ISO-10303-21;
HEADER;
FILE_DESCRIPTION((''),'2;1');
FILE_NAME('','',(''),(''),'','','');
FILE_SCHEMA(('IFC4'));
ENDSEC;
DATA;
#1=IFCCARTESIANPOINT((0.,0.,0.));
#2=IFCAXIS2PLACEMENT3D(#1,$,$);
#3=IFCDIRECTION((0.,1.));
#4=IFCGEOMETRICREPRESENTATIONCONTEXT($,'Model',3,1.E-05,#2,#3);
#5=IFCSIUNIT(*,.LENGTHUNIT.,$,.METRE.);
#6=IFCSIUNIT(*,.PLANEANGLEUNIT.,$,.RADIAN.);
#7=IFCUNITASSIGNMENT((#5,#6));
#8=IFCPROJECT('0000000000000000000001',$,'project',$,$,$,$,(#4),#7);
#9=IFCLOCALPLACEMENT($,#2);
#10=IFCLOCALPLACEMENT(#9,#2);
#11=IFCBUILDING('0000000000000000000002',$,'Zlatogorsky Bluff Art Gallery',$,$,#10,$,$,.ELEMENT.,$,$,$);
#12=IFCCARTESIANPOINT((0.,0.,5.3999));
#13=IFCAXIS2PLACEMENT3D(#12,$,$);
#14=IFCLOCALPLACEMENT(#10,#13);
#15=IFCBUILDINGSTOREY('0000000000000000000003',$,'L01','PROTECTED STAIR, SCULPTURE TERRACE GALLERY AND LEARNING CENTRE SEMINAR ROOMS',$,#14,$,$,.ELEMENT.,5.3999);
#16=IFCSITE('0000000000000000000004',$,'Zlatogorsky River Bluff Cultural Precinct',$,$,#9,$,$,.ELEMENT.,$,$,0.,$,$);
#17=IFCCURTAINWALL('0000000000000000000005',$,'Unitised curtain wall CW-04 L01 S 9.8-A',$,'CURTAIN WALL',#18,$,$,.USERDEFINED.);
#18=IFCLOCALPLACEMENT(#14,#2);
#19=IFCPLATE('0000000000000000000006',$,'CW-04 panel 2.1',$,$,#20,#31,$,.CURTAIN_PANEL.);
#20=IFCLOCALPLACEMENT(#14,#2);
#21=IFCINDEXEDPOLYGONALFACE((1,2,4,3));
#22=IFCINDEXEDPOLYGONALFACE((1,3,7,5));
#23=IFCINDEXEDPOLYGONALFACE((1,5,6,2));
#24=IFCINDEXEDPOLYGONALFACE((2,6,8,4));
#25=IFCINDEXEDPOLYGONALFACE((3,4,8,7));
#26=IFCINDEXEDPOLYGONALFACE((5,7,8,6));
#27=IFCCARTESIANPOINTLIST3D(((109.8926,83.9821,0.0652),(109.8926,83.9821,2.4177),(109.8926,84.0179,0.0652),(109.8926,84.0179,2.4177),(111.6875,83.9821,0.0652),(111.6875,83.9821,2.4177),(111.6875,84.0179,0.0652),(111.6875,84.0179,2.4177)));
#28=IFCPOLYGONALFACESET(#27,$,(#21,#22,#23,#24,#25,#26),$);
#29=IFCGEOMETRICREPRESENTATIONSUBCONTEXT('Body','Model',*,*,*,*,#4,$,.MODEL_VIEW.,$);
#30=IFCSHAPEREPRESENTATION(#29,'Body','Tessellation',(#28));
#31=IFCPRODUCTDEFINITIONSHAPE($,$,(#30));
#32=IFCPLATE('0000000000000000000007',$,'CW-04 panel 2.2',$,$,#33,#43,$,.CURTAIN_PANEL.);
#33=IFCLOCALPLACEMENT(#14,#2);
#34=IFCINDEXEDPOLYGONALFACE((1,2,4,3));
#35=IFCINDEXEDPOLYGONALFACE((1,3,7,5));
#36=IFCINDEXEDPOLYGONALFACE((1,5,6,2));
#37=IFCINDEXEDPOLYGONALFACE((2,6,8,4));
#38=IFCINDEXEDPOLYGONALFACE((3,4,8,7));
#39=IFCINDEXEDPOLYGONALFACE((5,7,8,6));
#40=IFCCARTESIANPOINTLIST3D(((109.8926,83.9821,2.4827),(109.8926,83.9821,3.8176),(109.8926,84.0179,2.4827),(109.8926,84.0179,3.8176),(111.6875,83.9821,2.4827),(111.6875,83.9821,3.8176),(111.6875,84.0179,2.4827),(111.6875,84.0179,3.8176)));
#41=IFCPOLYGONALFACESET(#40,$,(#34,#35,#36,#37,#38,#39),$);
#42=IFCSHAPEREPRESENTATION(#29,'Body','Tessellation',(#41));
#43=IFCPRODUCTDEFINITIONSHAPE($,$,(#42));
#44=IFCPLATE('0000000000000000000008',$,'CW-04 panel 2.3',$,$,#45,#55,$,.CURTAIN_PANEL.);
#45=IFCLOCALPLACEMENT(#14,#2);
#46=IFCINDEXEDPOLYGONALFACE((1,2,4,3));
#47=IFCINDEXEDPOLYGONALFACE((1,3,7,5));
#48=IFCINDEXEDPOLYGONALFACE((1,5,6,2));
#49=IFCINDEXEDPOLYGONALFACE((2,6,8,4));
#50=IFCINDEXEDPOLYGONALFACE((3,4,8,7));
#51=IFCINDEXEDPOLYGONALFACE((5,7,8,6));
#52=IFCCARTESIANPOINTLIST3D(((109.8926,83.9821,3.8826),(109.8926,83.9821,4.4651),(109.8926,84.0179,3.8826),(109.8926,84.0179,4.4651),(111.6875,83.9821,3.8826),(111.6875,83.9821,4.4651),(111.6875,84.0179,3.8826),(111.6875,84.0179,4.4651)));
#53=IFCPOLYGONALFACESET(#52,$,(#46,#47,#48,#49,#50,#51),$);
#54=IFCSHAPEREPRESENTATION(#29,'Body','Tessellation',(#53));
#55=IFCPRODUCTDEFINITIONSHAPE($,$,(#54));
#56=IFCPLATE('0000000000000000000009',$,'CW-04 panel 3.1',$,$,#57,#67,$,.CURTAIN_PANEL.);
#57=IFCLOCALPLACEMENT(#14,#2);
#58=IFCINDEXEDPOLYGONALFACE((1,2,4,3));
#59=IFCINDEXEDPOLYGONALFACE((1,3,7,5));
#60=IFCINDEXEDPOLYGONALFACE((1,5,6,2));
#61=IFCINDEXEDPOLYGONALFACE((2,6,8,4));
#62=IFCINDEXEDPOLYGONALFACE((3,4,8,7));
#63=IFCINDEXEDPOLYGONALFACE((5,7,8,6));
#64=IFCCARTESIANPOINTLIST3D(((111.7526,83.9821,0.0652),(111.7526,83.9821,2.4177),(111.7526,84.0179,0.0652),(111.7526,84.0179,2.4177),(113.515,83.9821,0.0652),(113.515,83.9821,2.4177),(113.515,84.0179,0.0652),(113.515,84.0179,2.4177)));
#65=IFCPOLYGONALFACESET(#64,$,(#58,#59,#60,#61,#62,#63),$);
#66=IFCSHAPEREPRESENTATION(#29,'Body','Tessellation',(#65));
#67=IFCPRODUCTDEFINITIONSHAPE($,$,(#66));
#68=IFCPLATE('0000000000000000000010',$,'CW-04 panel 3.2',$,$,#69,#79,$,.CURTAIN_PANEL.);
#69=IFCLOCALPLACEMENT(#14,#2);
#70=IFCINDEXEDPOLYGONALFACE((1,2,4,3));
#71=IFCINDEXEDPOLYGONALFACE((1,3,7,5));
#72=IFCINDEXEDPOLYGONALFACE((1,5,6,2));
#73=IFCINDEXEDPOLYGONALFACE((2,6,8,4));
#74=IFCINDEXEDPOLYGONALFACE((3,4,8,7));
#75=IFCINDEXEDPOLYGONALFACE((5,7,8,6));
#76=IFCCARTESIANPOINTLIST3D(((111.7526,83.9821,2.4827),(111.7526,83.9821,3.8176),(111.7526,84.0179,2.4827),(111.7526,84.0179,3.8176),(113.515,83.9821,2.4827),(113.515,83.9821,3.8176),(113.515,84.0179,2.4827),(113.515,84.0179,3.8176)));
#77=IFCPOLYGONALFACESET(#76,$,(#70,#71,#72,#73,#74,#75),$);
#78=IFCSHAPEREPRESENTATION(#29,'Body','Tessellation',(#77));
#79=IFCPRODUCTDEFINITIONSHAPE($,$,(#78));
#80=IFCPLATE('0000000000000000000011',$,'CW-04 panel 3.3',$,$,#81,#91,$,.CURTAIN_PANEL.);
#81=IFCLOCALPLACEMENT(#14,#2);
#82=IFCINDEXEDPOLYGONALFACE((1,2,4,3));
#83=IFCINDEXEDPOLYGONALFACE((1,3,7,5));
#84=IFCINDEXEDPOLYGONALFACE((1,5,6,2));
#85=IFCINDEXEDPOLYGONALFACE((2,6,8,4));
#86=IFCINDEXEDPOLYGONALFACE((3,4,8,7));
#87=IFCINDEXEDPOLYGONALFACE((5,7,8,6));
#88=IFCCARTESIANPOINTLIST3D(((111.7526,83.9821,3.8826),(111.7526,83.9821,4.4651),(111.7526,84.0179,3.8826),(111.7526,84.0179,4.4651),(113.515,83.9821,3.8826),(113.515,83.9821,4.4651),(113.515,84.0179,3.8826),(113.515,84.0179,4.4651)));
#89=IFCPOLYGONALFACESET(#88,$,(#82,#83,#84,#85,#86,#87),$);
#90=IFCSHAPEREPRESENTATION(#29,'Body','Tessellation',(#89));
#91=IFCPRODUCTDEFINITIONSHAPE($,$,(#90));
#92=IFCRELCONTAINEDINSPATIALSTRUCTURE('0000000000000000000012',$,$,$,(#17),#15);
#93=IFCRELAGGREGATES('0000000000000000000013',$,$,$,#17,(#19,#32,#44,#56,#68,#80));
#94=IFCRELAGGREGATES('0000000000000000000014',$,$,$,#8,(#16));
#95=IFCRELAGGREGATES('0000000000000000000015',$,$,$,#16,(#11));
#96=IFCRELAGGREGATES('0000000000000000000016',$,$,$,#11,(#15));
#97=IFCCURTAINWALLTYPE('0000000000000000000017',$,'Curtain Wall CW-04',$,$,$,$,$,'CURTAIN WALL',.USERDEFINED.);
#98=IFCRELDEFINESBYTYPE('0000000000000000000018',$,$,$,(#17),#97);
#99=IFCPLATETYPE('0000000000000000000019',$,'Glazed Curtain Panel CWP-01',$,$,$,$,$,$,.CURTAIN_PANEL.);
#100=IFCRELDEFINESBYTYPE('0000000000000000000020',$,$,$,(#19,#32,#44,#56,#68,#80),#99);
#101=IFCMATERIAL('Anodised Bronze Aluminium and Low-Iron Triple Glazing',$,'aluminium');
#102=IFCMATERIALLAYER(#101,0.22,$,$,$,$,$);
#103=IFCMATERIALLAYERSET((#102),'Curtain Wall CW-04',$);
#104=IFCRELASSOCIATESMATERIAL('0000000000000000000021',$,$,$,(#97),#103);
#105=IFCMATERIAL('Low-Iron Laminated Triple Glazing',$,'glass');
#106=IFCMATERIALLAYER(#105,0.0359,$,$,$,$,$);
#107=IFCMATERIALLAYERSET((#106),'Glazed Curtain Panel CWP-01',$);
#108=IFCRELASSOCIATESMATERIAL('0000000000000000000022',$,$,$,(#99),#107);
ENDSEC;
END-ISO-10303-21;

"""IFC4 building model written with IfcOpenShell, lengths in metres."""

from ifc_helpers import new_model, si_unit, direction, frame, origin, origin_2d, place, context, subcontext, project, spatial, rectangle, extrude, material, layer, layer_set, type_object, element, aggregate, save


model = new_model("IFC4")

# Units and contexts
model_context = context("Model", 3, precision=1e-05, world=origin(), true_north=direction((0.0, 1.0)))
body_context = subcontext(model_context, "Body", "Model", "MODEL_VIEW")
ifc_project = project(units=[si_unit("LENGTHUNIT", "METRE"), si_unit("PLANEANGLEUNIT", "RADIAN")], contexts=[model_context])

# Site, building, storey
site_placement = place(None, origin())
site = spatial("IfcSite", under=ifc_project, at=site_placement, Name="Zlatogorsky River Bluff Cultural Precinct", CompositionType="ELEMENT", RefElevation=0.0)
building_placement = place(site_placement, origin())
building = spatial("IfcBuilding", under=site, at=building_placement, Name="Zlatogorsky Bluff Art Gallery", CompositionType="ELEMENT")
storey_placement = place(building_placement, frame((0.0, 0.0, 5.3999)))
storey = spatial("IfcBuildingStorey", under=building, at=storey_placement, Name="L01", Description="PROTECTED STAIR, SCULPTURE TERRACE GALLERY AND LEARNING CENTRE SEMINAR ROOMS", CompositionType="ELEMENT", Elevation=5.3999)

# Curtain wall
ifc_material_1 = material(Name="Anodised Bronze Aluminium and Low-Iron Triple Glazing", Category="aluminium")
ifc_layer_1 = layer(ifc_material_1, 0.22)
ifc_layer_set_1 = layer_set([ifc_layer_1], Name="Curtain Wall CW-04")
curtain_wall_type = type_object("IfcCurtainWallType", Name="Curtain Wall CW-04", ElementType="CURTAIN WALL", PredefinedType="USERDEFINED", material=ifc_layer_set_1)
curtain_wall_1_placement = place(storey_placement, origin())
curtain_wall_1 = element("IfcCurtainWall", 1, at=curtain_wall_1_placement, inside=storey, type_object=curtain_wall_type, Name="Unitised curtain wall CW-04 L01 S 9.8-A", ObjectType="CURTAIN WALL", PredefinedType="USERDEFINED")

# Plates
ifc_material_2 = material(Name="Low-Iron Laminated Triple Glazing", Category="glass")
ifc_layer_2 = layer(ifc_material_2, 0.0359)
ifc_layer_set_2 = layer_set([ifc_layer_2], Name="Glazed Curtain Panel CWP-01")
plate_type = type_object("IfcPlateType", Name="Glazed Curtain Panel CWP-01", PredefinedType="CURTAIN_PANEL", material=ifc_layer_set_2)
plate_1_placement = place(storey_placement, frame((110.79, 84.0, 0.0652), z_axis=(0.0, 0.0, 1.0), x_axis=(1.0, 0.0, 0.0)))
plate_1 = element("IfcPlate", 2, at=plate_1_placement, type_object=plate_type, Name="CW-04 panel 2.1", PredefinedType="CURTAIN_PANEL", context=body_context, shape_type="SweptSolid", body=[
    extrude(rectangle(XDim=1.7949, YDim=0.0359, at=origin_2d()), origin(), (0.0, 0.0, 1.0), 2.3525),
])
plate_2_placement = place(storey_placement, frame((110.79, 84.0, 2.4827), z_axis=(0.0, 0.0, 1.0), x_axis=(1.0, 0.0, 0.0)))
plate_2 = element("IfcPlate", 3, at=plate_2_placement, type_object=plate_type, Name="CW-04 panel 2.2", PredefinedType="CURTAIN_PANEL", context=body_context, shape_type="SweptSolid", body=[
    extrude(rectangle(XDim=1.7949, YDim=0.0359, at=origin_2d()), origin(), (0.0, 0.0, 1.0), 1.335),
])
plate_3_placement = place(storey_placement, frame((110.79, 84.0, 3.8826), z_axis=(0.0, 0.0, 1.0), x_axis=(1.0, 0.0, 0.0)))
plate_3 = element("IfcPlate", 4, at=plate_3_placement, type_object=plate_type, Name="CW-04 panel 2.3", PredefinedType="CURTAIN_PANEL", context=body_context, shape_type="SweptSolid", body=[
    extrude(rectangle(XDim=1.7949, YDim=0.0359, at=origin_2d()), origin(), (0.0, 0.0, 1.0), 0.5825),
])
plate_4_placement = place(storey_placement, frame((112.6338, 84.0, 0.0652), z_axis=(0.0, 0.0, 1.0), x_axis=(1.0, 0.0, 0.0)))
plate_4 = element("IfcPlate", 5, at=plate_4_placement, type_object=plate_type, Name="CW-04 panel 3.1", PredefinedType="CURTAIN_PANEL", context=body_context, shape_type="SweptSolid", body=[
    extrude(rectangle(XDim=1.7625, YDim=0.0359, at=origin_2d()), origin(), (0.0, 0.0, 1.0), 2.3525),
])
plate_5_placement = place(storey_placement, frame((112.6338, 84.0, 2.4827), z_axis=(0.0, 0.0, 1.0), x_axis=(1.0, 0.0, 0.0)))
plate_5 = element("IfcPlate", 6, at=plate_5_placement, type_object=plate_type, Name="CW-04 panel 3.2", PredefinedType="CURTAIN_PANEL", context=body_context, shape_type="SweptSolid", body=[
    extrude(rectangle(XDim=1.7625, YDim=0.0359, at=origin_2d()), origin(), (0.0, 0.0, 1.0), 1.335),
])
plate_6_placement = place(storey_placement, frame((112.6338, 84.0, 3.8826), z_axis=(0.0, 0.0, 1.0), x_axis=(1.0, 0.0, 0.0)))
plate_6 = element("IfcPlate", 7, at=plate_6_placement, type_object=plate_type, Name="CW-04 panel 3.3", PredefinedType="CURTAIN_PANEL", context=body_context, shape_type="SweptSolid", body=[
    extrude(rectangle(XDim=1.7625, YDim=0.0359, at=origin_2d()), origin(), (0.0, 0.0, 1.0), 0.5825),
])
aggregate(curtain_wall_1, [plate_1, plate_2, plate_3, plate_4, plate_5, plate_6])

save(model, "model.ifc")
